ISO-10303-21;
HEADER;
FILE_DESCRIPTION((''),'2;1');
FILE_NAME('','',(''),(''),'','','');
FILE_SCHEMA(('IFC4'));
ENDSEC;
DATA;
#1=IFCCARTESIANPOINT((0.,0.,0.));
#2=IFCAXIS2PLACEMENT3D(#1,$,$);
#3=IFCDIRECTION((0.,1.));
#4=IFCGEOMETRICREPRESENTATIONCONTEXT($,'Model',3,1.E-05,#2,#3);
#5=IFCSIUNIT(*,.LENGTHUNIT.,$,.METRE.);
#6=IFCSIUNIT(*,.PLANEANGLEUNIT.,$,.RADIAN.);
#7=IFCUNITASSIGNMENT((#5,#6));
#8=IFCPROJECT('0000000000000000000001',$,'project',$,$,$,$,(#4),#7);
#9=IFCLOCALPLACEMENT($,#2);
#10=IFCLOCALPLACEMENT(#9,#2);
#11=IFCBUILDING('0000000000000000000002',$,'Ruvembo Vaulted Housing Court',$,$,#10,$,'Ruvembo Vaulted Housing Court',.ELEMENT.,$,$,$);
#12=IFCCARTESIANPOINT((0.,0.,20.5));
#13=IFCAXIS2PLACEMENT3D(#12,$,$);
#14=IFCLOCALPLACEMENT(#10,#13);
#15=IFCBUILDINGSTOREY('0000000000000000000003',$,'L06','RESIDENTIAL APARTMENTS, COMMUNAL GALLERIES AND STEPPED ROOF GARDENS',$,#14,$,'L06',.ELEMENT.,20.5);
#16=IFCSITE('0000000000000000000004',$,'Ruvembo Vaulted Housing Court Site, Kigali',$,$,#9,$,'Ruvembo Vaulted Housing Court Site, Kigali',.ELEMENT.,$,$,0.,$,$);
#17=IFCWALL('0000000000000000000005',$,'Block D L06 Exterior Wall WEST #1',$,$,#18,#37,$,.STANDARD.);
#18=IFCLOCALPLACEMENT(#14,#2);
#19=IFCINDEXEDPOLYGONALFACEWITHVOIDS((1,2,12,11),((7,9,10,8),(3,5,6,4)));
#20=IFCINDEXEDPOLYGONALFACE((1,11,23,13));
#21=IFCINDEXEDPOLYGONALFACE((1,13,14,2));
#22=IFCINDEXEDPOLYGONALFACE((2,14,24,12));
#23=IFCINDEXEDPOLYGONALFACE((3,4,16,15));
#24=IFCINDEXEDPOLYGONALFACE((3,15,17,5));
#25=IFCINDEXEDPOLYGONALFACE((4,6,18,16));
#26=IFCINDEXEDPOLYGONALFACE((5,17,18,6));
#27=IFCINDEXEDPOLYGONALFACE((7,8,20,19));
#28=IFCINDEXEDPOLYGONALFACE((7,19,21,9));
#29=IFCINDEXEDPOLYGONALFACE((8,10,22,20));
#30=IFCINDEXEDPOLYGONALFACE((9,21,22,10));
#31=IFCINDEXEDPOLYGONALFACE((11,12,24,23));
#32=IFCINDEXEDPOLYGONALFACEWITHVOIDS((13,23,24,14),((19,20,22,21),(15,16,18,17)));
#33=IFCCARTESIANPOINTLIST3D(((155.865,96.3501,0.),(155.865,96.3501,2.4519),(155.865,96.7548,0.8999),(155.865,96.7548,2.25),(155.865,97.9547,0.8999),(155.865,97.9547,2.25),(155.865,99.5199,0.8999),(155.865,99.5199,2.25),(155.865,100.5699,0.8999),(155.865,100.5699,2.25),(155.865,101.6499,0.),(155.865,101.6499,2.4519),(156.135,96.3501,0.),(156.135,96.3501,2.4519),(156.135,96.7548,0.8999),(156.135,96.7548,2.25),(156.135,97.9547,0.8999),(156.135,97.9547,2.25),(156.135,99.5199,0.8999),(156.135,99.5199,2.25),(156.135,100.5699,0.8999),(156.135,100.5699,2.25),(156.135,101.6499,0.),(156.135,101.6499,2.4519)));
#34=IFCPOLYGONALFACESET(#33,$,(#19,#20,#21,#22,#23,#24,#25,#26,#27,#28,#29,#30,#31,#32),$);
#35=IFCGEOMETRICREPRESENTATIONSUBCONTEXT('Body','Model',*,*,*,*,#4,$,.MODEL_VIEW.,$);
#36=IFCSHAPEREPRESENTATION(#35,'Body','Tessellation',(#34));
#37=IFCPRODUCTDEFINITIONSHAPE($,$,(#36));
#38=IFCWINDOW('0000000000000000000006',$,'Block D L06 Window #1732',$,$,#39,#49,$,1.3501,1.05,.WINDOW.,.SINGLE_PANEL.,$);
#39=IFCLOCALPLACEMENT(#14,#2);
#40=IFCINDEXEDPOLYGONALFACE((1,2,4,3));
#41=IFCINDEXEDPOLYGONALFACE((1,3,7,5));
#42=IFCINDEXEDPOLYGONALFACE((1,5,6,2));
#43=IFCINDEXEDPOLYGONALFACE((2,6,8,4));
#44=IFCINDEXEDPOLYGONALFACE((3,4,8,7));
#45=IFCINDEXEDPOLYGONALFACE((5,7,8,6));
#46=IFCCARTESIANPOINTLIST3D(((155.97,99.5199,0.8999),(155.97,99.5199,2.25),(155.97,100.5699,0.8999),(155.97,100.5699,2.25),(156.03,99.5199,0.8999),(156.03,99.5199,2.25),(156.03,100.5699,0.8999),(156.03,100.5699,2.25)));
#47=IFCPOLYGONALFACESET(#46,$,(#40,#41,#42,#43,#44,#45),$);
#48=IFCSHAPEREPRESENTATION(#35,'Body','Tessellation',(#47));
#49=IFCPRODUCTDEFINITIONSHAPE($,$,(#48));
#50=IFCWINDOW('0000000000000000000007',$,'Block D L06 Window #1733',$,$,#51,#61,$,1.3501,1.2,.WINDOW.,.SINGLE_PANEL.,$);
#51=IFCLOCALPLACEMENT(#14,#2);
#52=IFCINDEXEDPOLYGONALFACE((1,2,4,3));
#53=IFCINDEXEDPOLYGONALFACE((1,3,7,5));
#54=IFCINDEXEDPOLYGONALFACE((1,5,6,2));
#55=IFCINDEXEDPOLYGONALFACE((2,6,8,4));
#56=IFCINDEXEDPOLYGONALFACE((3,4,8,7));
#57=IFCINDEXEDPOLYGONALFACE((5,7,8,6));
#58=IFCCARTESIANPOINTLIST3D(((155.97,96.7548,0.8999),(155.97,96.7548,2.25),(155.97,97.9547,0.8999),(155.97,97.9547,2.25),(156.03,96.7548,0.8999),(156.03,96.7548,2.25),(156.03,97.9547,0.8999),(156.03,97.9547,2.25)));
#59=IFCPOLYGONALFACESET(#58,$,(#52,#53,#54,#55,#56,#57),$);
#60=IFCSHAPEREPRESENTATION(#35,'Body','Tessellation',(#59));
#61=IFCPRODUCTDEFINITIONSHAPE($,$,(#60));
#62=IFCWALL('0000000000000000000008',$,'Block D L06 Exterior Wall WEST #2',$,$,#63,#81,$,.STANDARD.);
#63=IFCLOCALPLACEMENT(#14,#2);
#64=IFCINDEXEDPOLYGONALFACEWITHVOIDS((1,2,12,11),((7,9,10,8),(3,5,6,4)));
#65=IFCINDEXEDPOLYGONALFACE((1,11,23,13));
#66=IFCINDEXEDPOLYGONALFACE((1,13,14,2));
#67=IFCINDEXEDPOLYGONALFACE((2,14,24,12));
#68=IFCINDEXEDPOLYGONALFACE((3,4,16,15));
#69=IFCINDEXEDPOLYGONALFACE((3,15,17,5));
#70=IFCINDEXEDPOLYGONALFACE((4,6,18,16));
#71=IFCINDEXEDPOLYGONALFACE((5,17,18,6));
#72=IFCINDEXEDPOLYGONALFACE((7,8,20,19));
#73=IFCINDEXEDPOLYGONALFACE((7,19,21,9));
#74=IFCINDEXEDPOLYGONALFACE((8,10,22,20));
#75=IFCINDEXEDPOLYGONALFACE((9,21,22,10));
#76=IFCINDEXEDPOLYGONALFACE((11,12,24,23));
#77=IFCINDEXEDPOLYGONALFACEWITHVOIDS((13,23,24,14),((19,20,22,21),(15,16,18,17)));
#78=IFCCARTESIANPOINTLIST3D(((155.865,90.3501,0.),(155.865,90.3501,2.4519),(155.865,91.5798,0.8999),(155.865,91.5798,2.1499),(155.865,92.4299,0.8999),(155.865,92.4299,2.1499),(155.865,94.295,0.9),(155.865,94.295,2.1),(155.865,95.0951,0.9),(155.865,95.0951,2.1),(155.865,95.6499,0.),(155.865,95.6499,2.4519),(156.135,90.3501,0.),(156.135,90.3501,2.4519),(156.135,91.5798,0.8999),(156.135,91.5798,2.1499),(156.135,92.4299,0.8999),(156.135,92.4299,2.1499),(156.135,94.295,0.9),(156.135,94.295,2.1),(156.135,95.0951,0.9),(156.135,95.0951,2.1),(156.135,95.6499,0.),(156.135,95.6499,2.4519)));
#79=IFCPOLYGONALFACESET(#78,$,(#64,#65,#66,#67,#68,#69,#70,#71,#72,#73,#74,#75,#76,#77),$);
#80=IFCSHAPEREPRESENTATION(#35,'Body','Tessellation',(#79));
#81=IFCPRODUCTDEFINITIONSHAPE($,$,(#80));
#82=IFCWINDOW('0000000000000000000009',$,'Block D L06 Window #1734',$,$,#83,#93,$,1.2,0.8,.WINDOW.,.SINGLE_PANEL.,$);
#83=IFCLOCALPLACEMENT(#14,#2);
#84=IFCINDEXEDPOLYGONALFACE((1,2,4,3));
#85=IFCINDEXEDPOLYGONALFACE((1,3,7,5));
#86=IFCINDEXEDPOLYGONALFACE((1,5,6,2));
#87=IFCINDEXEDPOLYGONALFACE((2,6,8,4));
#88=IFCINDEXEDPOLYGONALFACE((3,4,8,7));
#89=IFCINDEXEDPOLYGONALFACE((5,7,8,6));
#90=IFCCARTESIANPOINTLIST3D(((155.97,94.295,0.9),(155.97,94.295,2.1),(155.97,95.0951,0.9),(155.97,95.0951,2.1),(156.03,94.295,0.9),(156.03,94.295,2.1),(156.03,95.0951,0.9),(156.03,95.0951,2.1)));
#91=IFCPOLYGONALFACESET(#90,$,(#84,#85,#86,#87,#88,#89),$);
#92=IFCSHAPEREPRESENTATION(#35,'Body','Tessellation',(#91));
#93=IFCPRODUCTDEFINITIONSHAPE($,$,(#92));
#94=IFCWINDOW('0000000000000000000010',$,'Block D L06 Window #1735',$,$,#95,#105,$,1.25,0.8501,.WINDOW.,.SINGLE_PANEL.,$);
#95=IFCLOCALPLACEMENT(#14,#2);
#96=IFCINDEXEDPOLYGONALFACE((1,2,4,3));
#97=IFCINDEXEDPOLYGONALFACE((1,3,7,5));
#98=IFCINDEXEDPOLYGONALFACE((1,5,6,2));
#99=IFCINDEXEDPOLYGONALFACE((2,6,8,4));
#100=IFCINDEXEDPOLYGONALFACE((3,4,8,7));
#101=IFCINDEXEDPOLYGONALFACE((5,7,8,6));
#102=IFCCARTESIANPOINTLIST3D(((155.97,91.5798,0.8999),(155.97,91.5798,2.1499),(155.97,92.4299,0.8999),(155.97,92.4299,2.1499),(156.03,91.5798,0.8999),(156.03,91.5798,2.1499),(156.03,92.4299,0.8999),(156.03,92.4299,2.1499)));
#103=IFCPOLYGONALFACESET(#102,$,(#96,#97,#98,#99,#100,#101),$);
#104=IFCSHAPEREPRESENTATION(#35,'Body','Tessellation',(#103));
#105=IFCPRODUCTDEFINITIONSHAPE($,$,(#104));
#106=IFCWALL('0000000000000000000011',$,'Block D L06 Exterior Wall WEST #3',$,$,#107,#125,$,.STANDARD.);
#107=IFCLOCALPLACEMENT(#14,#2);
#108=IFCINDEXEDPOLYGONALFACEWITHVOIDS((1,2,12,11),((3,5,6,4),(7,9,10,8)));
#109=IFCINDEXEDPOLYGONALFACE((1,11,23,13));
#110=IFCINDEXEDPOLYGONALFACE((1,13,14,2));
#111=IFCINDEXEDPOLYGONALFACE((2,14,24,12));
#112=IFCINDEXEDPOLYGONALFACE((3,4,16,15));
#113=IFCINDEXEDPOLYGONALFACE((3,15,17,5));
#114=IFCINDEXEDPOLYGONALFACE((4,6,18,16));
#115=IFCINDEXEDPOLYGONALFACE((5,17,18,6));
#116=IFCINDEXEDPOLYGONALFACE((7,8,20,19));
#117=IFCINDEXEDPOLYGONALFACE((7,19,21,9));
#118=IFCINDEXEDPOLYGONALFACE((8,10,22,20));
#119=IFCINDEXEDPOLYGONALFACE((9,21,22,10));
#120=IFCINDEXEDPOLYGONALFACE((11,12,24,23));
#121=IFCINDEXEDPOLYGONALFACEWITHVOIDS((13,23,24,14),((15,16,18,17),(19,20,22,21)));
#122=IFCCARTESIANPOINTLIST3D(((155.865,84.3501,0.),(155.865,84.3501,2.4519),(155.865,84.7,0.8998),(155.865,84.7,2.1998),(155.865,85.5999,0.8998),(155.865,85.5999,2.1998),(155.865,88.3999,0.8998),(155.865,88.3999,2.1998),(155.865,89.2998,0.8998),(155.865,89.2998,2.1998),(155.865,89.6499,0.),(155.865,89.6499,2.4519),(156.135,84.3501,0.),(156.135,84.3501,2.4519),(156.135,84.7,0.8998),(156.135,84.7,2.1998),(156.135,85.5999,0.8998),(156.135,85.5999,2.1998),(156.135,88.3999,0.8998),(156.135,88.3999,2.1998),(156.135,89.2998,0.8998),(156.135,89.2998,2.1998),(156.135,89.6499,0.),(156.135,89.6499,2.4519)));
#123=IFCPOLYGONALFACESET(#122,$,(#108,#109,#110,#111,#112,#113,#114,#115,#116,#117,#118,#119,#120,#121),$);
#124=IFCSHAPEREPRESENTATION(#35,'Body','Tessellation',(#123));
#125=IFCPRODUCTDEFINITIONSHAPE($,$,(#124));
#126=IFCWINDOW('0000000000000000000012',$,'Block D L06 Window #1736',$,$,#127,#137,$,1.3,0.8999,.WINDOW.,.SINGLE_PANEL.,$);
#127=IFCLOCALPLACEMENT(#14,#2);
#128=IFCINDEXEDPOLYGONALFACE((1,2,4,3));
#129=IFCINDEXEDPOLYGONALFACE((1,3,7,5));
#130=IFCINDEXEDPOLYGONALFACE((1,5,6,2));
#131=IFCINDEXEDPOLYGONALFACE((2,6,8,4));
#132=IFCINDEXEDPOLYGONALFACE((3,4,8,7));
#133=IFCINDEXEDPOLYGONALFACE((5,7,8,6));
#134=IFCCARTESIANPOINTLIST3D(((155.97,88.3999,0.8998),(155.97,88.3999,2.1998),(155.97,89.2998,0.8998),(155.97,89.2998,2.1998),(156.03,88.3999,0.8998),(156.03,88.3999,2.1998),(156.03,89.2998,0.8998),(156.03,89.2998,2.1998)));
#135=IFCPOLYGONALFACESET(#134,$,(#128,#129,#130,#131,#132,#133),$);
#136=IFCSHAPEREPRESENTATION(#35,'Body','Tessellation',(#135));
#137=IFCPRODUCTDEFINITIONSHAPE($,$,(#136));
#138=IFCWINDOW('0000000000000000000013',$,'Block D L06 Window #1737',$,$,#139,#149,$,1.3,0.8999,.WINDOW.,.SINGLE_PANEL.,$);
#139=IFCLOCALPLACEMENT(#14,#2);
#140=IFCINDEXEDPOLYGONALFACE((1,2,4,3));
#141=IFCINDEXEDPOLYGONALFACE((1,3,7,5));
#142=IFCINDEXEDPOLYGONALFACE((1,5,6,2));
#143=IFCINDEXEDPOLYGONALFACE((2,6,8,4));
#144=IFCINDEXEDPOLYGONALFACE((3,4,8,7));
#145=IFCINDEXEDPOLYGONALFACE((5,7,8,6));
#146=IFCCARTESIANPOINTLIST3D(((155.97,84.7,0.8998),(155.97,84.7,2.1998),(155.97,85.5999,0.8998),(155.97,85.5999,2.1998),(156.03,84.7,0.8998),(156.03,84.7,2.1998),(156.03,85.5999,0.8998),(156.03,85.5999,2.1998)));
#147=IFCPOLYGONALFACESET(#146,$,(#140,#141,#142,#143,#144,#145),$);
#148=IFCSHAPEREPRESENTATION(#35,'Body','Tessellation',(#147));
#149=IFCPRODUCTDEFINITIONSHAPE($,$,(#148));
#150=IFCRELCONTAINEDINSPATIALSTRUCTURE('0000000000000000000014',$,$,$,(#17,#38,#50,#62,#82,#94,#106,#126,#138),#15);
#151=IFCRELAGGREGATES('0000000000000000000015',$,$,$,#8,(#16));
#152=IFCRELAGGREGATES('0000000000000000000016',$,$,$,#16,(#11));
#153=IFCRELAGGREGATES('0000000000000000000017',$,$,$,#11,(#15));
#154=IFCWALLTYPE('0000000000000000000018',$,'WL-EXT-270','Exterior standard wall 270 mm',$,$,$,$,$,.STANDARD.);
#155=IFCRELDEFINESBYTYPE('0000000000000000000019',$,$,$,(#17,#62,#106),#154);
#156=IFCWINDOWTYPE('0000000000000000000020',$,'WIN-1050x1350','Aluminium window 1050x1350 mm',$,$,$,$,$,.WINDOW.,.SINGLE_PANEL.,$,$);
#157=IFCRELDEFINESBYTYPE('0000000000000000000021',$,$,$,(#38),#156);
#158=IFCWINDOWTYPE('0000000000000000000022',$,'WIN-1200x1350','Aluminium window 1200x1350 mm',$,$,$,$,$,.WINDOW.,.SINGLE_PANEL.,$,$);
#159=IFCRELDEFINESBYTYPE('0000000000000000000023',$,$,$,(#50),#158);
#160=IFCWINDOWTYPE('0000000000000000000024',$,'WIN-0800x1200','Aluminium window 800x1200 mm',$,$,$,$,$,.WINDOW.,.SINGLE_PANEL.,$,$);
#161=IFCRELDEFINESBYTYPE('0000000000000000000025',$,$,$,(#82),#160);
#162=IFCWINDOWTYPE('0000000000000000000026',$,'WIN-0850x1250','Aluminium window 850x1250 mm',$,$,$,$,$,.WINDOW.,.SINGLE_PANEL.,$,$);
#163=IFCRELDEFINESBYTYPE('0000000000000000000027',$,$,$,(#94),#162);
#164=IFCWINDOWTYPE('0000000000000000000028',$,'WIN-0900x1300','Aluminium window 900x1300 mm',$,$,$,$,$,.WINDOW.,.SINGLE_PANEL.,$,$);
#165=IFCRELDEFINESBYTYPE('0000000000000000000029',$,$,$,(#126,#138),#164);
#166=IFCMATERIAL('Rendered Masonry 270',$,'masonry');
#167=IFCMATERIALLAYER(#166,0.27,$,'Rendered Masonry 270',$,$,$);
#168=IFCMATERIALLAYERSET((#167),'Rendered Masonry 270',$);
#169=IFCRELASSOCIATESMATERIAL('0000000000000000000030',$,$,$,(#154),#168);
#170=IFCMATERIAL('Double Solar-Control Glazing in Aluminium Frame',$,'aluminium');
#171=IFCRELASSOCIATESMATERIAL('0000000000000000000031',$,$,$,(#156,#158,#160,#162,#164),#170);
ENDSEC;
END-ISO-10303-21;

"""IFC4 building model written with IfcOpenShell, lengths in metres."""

from ifc_helpers import new_model, si_unit, direction, frame, frame_2d, origin, place, context, subcontext, project, spatial, rectangle, extrude, material, layer, layer_set, type_object, element, fill, save


model = new_model("IFC4")

# Units and contexts
model_context = context("Model", 3, precision=1e-05, world=origin(), true_north=direction((0.0, 1.0)))
body_context = subcontext(model_context, "Body", "Model", "MODEL_VIEW")
ifc_project = project(units=[si_unit("LENGTHUNIT", "METRE"), si_unit("PLANEANGLEUNIT", "RADIAN")], contexts=[model_context])

# Site, building, storey
site_placement = place(None, origin())
site = spatial("IfcSite", under=ifc_project, at=site_placement, Name="Ruvembo Vaulted Housing Court Site, Kigali", LongName="Ruvembo Vaulted Housing Court Site, Kigali", CompositionType="ELEMENT", RefElevation=0.0)
building_placement = place(site_placement, origin())
building = spatial("IfcBuilding", under=site, at=building_placement, Name="Ruvembo Vaulted Housing Court", LongName="Ruvembo Vaulted Housing Court", CompositionType="ELEMENT")
storey_placement = place(building_placement, frame((0.0, 0.0, 20.5)))
storey = spatial("IfcBuildingStorey", under=building, at=storey_placement, Name="L06", Description="RESIDENTIAL APARTMENTS, COMMUNAL GALLERIES AND STEPPED ROOF GARDENS", LongName="L06", CompositionType="ELEMENT", Elevation=20.5)

# Walls, openings, windows
ifc_material_1 = material(Name="Rendered Masonry 270", Category="masonry")
ifc_layer_1 = layer(ifc_material_1, 0.27, Name="Rendered Masonry 270")
ifc_layer_set_1 = layer_set([ifc_layer_1], Name="Rendered Masonry 270")
wall_type_1 = type_object("IfcWallType", Name="WL-EXT-270", Description="Exterior standard wall 270 mm", PredefinedType="STANDARD", material=ifc_layer_set_1)
wall_1_placement = place(storey_placement, frame((156.0, 101.6499, 0.0), z_axis=(0.0, 0.0, 1.0), x_axis=(0.0, -1.0, 0.0)))
wall_1 = element("IfcWall", 1, at=wall_1_placement, inside=storey, type_object=wall_type_1, Name="Block D L06 Exterior Wall WEST #1", PredefinedType="STANDARD", context=body_context, shape_type="SweptSolid", body=[
    extrude(rectangle(XDim=5.2998, YDim=0.27, at=frame_2d((2.6499, 0.0))), origin(), (0.0, 0.0, 1.0), 2.4519),
])
opening_1_placement = place(wall_1_placement, frame((1.0801, 0.0, 0.8999)))
opening_1 = element("IfcOpeningElement", 2, at=opening_1_placement, cuts=wall_1, PredefinedType="OPENING", context=body_context, shape_type="SweptSolid", body=[
    extrude(rectangle(XDim=1.05, YDim=1.3501, at=frame_2d((0.5249, 0.675))), frame((0.0, 0.145, 0.0), z_axis=(0.0, -1.0, 0.0), x_axis=(1.0, 0.0, 0.0)), (0.0, 0.0, 1.0), 0.29),
])
opening_2_placement = place(wall_1_placement, frame((3.6951, 0.0, 0.8999)))
opening_2 = element("IfcOpeningElement", 3, at=opening_2_placement, cuts=wall_1, PredefinedType="OPENING", context=body_context, shape_type="SweptSolid", body=[
    extrude(rectangle(XDim=1.2, YDim=1.3501, at=frame_2d((0.6001, 0.675))), frame((0.0, 0.145, 0.0), z_axis=(0.0, -1.0, 0.0), x_axis=(1.0, 0.0, 0.0)), (0.0, 0.0, 1.0), 0.29),
])
ifc_material_2 = material(Name="Double Solar-Control Glazing in Aluminium Frame", Category="aluminium")
window_type_1 = type_object("IfcWindowType", Name="WIN-1050x1350", Description="Aluminium window 1050x1350 mm", PartitioningType="SINGLE_PANEL", PredefinedType="WINDOW", material=ifc_material_2)
window_1_placement = place(opening_1_placement, origin())
window_1 = element("IfcWindow", 4, at=window_1_placement, inside=storey, type_object=window_type_1, Name="Block D L06 Window #1732", OverallHeight=1.3501, OverallWidth=1.05, PartitioningType="SINGLE_PANEL", PredefinedType="WINDOW", context=body_context, shape_type="SweptSolid", body=[
    extrude(rectangle(XDim=1.05, YDim=1.3501, at=frame_2d((0.5249, 0.675))), frame((0.0, 0.03, 0.0), z_axis=(0.0, -1.0, 0.0), x_axis=(1.0, 0.0, 0.0)), (0.0, 0.0, 1.0), 0.0601),
])
fill(opening_1, window_1)
window_type_2 = type_object("IfcWindowType", Name="WIN-1200x1350", Description="Aluminium window 1200x1350 mm", PartitioningType="SINGLE_PANEL", PredefinedType="WINDOW", material=ifc_material_2)
window_2_placement = place(opening_2_placement, origin())
window_2 = element("IfcWindow", 5, at=window_2_placement, inside=storey, type_object=window_type_2, Name="Block D L06 Window #1733", OverallHeight=1.3501, OverallWidth=1.2, PartitioningType="SINGLE_PANEL", PredefinedType="WINDOW", context=body_context, shape_type="SweptSolid", body=[
    extrude(rectangle(XDim=1.2, YDim=1.3501, at=frame_2d((0.6001, 0.675))), frame((0.0, 0.03, 0.0), z_axis=(0.0, -1.0, 0.0), x_axis=(1.0, 0.0, 0.0)), (0.0, 0.0, 1.0), 0.0601),
])
fill(opening_2, window_2)
wall_2_placement = place(storey_placement, frame((156.0, 95.6499, 0.0), z_axis=(0.0, 0.0, 1.0), x_axis=(0.0, -1.0, 0.0)))
wall_2 = element("IfcWall", 6, at=wall_2_placement, inside=storey, type_object=wall_type_1, Name="Block D L06 Exterior Wall WEST #2", PredefinedType="STANDARD", context=body_context, shape_type="SweptSolid", body=[
    extrude(rectangle(XDim=5.2998, YDim=0.27, at=frame_2d((2.6499, 0.0))), origin(), (0.0, 0.0, 1.0), 2.4519),
])
opening_3_placement = place(wall_2_placement, frame((0.5549, 0.0, 0.8999)))
opening_3 = element("IfcOpeningElement", 7, at=opening_3_placement, cuts=wall_2, PredefinedType="OPENING", context=body_context, shape_type="SweptSolid", body=[
    extrude(rectangle(XDim=0.8, YDim=1.2, at=frame_2d((0.3999, 0.6001))), frame((0.0, 0.145, 0.0), z_axis=(0.0, -1.0, 0.0), x_axis=(1.0, 0.0, 0.0)), (0.0, 0.0, 1.0), 0.29),
])
opening_4_placement = place(wall_2_placement, frame((3.22, 0.0, 0.8999)))
opening_4 = element("IfcOpeningElement", 8, at=opening_4_placement, cuts=wall_2, PredefinedType="OPENING", context=body_context, shape_type="SweptSolid", body=[
    extrude(rectangle(XDim=0.8501, YDim=1.25, at=frame_2d((0.425, 0.625))), frame((0.0, 0.145, 0.0), z_axis=(0.0, -1.0, 0.0), x_axis=(1.0, 0.0, 0.0)), (0.0, 0.0, 1.0), 0.29),
])
window_type_3 = type_object("IfcWindowType", Name="WIN-0800x1200", Description="Aluminium window 800x1200 mm", PartitioningType="SINGLE_PANEL", PredefinedType="WINDOW", material=ifc_material_2)
window_3_placement = place(opening_3_placement, origin())
window_3 = element("IfcWindow", 9, at=window_3_placement, inside=storey, type_object=window_type_3, Name="Block D L06 Window #1734", OverallHeight=1.2, OverallWidth=0.8, PartitioningType="SINGLE_PANEL", PredefinedType="WINDOW", context=body_context, shape_type="SweptSolid", body=[
    extrude(rectangle(XDim=0.8, YDim=1.2, at=frame_2d((0.3999, 0.6001))), frame((0.0, 0.03, 0.0), z_axis=(0.0, -1.0, 0.0), x_axis=(1.0, 0.0, 0.0)), (0.0, 0.0, 1.0), 0.0601),
])
fill(opening_3, window_3)
window_type_4 = type_object("IfcWindowType", Name="WIN-0850x1250", Description="Aluminium window 850x1250 mm", PartitioningType="SINGLE_PANEL", PredefinedType="WINDOW", material=ifc_material_2)
window_4_placement = place(opening_4_placement, origin())
window_4 = element("IfcWindow", 10, at=window_4_placement, inside=storey, type_object=window_type_4, Name="Block D L06 Window #1735", OverallHeight=1.25, OverallWidth=0.8501, PartitioningType="SINGLE_PANEL", PredefinedType="WINDOW", context=body_context, shape_type="SweptSolid", body=[
    extrude(rectangle(XDim=0.8501, YDim=1.25, at=frame_2d((0.425, 0.625))), frame((0.0, 0.03, 0.0), z_axis=(0.0, -1.0, 0.0), x_axis=(1.0, 0.0, 0.0)), (0.0, 0.0, 1.0), 0.0601),
])
fill(opening_4, window_4)
wall_3_placement = place(storey_placement, frame((156.0, 89.6499, 0.0), z_axis=(0.0, 0.0, 1.0), x_axis=(0.0, -1.0, 0.0)))
wall_3 = element("IfcWall", 11, at=wall_3_placement, inside=storey, type_object=wall_type_1, Name="Block D L06 Exterior Wall WEST #3", PredefinedType="STANDARD", context=body_context, shape_type="SweptSolid", body=[
    extrude(rectangle(XDim=5.2998, YDim=0.27, at=frame_2d((2.6499, 0.0))), origin(), (0.0, 0.0, 1.0), 2.4519),
])
opening_5_placement = place(wall_3_placement, frame((0.3501, 0.0, 0.8999)))
opening_5 = element("IfcOpeningElement", 12, at=opening_5_placement, cuts=wall_3, PredefinedType="OPENING", context=body_context, shape_type="SweptSolid", body=[
    extrude(rectangle(XDim=0.8999, YDim=1.3, at=frame_2d((0.45, 0.6499))), frame((0.0, 0.145, 0.0), z_axis=(0.0, -1.0, 0.0), x_axis=(1.0, 0.0, 0.0)), (0.0, 0.0, 1.0), 0.29),
])
opening_6_placement = place(wall_3_placement, frame((4.05, 0.0, 0.8999)))
opening_6 = element("IfcOpeningElement", 13, at=opening_6_placement, cuts=wall_3, PredefinedType="OPENING", context=body_context, shape_type="SweptSolid", body=[
    extrude(rectangle(XDim=0.8999, YDim=1.3, at=frame_2d((0.45, 0.6499))), frame((0.0, 0.145, 0.0), z_axis=(0.0, -1.0, 0.0), x_axis=(1.0, 0.0, 0.0)), (0.0, 0.0, 1.0), 0.29),
])
window_type_5 = type_object("IfcWindowType", Name="WIN-0900x1300", Description="Aluminium window 900x1300 mm", PartitioningType="SINGLE_PANEL", PredefinedType="WINDOW", material=ifc_material_2)
window_5_placement = place(opening_5_placement, origin())
window_5 = element("IfcWindow", 14, at=window_5_placement, inside=storey, type_object=window_type_5, Name="Block D L06 Window #1736", OverallHeight=1.3, OverallWidth=0.8999, PartitioningType="SINGLE_PANEL", PredefinedType="WINDOW", context=body_context, shape_type="SweptSolid", body=[
    extrude(rectangle(XDim=0.8999, YDim=1.3, at=frame_2d((0.45, 0.6499))), frame((0.0, 0.03, 0.0), z_axis=(0.0, -1.0, 0.0), x_axis=(1.0, 0.0, 0.0)), (0.0, 0.0, 1.0), 0.0601),
])
fill(opening_5, window_5)
window_6_placement = place(opening_6_placement, origin())
window_6 = element("IfcWindow", 15, at=window_6_placement, inside=storey, type_object=window_type_5, Name="Block D L06 Window #1737", OverallHeight=1.3, OverallWidth=0.8999, PartitioningType="SINGLE_PANEL", PredefinedType="WINDOW", context=body_context, shape_type="SweptSolid", body=[
    extrude(rectangle(XDim=0.8999, YDim=1.3, at=frame_2d((0.45, 0.6499))), frame((0.0, 0.03, 0.0), z_axis=(0.0, -1.0, 0.0), x_axis=(1.0, 0.0, 0.0)), (0.0, 0.0, 1.0), 0.0601),
])
fill(opening_6, window_6)

save(model, "model.ifc")
